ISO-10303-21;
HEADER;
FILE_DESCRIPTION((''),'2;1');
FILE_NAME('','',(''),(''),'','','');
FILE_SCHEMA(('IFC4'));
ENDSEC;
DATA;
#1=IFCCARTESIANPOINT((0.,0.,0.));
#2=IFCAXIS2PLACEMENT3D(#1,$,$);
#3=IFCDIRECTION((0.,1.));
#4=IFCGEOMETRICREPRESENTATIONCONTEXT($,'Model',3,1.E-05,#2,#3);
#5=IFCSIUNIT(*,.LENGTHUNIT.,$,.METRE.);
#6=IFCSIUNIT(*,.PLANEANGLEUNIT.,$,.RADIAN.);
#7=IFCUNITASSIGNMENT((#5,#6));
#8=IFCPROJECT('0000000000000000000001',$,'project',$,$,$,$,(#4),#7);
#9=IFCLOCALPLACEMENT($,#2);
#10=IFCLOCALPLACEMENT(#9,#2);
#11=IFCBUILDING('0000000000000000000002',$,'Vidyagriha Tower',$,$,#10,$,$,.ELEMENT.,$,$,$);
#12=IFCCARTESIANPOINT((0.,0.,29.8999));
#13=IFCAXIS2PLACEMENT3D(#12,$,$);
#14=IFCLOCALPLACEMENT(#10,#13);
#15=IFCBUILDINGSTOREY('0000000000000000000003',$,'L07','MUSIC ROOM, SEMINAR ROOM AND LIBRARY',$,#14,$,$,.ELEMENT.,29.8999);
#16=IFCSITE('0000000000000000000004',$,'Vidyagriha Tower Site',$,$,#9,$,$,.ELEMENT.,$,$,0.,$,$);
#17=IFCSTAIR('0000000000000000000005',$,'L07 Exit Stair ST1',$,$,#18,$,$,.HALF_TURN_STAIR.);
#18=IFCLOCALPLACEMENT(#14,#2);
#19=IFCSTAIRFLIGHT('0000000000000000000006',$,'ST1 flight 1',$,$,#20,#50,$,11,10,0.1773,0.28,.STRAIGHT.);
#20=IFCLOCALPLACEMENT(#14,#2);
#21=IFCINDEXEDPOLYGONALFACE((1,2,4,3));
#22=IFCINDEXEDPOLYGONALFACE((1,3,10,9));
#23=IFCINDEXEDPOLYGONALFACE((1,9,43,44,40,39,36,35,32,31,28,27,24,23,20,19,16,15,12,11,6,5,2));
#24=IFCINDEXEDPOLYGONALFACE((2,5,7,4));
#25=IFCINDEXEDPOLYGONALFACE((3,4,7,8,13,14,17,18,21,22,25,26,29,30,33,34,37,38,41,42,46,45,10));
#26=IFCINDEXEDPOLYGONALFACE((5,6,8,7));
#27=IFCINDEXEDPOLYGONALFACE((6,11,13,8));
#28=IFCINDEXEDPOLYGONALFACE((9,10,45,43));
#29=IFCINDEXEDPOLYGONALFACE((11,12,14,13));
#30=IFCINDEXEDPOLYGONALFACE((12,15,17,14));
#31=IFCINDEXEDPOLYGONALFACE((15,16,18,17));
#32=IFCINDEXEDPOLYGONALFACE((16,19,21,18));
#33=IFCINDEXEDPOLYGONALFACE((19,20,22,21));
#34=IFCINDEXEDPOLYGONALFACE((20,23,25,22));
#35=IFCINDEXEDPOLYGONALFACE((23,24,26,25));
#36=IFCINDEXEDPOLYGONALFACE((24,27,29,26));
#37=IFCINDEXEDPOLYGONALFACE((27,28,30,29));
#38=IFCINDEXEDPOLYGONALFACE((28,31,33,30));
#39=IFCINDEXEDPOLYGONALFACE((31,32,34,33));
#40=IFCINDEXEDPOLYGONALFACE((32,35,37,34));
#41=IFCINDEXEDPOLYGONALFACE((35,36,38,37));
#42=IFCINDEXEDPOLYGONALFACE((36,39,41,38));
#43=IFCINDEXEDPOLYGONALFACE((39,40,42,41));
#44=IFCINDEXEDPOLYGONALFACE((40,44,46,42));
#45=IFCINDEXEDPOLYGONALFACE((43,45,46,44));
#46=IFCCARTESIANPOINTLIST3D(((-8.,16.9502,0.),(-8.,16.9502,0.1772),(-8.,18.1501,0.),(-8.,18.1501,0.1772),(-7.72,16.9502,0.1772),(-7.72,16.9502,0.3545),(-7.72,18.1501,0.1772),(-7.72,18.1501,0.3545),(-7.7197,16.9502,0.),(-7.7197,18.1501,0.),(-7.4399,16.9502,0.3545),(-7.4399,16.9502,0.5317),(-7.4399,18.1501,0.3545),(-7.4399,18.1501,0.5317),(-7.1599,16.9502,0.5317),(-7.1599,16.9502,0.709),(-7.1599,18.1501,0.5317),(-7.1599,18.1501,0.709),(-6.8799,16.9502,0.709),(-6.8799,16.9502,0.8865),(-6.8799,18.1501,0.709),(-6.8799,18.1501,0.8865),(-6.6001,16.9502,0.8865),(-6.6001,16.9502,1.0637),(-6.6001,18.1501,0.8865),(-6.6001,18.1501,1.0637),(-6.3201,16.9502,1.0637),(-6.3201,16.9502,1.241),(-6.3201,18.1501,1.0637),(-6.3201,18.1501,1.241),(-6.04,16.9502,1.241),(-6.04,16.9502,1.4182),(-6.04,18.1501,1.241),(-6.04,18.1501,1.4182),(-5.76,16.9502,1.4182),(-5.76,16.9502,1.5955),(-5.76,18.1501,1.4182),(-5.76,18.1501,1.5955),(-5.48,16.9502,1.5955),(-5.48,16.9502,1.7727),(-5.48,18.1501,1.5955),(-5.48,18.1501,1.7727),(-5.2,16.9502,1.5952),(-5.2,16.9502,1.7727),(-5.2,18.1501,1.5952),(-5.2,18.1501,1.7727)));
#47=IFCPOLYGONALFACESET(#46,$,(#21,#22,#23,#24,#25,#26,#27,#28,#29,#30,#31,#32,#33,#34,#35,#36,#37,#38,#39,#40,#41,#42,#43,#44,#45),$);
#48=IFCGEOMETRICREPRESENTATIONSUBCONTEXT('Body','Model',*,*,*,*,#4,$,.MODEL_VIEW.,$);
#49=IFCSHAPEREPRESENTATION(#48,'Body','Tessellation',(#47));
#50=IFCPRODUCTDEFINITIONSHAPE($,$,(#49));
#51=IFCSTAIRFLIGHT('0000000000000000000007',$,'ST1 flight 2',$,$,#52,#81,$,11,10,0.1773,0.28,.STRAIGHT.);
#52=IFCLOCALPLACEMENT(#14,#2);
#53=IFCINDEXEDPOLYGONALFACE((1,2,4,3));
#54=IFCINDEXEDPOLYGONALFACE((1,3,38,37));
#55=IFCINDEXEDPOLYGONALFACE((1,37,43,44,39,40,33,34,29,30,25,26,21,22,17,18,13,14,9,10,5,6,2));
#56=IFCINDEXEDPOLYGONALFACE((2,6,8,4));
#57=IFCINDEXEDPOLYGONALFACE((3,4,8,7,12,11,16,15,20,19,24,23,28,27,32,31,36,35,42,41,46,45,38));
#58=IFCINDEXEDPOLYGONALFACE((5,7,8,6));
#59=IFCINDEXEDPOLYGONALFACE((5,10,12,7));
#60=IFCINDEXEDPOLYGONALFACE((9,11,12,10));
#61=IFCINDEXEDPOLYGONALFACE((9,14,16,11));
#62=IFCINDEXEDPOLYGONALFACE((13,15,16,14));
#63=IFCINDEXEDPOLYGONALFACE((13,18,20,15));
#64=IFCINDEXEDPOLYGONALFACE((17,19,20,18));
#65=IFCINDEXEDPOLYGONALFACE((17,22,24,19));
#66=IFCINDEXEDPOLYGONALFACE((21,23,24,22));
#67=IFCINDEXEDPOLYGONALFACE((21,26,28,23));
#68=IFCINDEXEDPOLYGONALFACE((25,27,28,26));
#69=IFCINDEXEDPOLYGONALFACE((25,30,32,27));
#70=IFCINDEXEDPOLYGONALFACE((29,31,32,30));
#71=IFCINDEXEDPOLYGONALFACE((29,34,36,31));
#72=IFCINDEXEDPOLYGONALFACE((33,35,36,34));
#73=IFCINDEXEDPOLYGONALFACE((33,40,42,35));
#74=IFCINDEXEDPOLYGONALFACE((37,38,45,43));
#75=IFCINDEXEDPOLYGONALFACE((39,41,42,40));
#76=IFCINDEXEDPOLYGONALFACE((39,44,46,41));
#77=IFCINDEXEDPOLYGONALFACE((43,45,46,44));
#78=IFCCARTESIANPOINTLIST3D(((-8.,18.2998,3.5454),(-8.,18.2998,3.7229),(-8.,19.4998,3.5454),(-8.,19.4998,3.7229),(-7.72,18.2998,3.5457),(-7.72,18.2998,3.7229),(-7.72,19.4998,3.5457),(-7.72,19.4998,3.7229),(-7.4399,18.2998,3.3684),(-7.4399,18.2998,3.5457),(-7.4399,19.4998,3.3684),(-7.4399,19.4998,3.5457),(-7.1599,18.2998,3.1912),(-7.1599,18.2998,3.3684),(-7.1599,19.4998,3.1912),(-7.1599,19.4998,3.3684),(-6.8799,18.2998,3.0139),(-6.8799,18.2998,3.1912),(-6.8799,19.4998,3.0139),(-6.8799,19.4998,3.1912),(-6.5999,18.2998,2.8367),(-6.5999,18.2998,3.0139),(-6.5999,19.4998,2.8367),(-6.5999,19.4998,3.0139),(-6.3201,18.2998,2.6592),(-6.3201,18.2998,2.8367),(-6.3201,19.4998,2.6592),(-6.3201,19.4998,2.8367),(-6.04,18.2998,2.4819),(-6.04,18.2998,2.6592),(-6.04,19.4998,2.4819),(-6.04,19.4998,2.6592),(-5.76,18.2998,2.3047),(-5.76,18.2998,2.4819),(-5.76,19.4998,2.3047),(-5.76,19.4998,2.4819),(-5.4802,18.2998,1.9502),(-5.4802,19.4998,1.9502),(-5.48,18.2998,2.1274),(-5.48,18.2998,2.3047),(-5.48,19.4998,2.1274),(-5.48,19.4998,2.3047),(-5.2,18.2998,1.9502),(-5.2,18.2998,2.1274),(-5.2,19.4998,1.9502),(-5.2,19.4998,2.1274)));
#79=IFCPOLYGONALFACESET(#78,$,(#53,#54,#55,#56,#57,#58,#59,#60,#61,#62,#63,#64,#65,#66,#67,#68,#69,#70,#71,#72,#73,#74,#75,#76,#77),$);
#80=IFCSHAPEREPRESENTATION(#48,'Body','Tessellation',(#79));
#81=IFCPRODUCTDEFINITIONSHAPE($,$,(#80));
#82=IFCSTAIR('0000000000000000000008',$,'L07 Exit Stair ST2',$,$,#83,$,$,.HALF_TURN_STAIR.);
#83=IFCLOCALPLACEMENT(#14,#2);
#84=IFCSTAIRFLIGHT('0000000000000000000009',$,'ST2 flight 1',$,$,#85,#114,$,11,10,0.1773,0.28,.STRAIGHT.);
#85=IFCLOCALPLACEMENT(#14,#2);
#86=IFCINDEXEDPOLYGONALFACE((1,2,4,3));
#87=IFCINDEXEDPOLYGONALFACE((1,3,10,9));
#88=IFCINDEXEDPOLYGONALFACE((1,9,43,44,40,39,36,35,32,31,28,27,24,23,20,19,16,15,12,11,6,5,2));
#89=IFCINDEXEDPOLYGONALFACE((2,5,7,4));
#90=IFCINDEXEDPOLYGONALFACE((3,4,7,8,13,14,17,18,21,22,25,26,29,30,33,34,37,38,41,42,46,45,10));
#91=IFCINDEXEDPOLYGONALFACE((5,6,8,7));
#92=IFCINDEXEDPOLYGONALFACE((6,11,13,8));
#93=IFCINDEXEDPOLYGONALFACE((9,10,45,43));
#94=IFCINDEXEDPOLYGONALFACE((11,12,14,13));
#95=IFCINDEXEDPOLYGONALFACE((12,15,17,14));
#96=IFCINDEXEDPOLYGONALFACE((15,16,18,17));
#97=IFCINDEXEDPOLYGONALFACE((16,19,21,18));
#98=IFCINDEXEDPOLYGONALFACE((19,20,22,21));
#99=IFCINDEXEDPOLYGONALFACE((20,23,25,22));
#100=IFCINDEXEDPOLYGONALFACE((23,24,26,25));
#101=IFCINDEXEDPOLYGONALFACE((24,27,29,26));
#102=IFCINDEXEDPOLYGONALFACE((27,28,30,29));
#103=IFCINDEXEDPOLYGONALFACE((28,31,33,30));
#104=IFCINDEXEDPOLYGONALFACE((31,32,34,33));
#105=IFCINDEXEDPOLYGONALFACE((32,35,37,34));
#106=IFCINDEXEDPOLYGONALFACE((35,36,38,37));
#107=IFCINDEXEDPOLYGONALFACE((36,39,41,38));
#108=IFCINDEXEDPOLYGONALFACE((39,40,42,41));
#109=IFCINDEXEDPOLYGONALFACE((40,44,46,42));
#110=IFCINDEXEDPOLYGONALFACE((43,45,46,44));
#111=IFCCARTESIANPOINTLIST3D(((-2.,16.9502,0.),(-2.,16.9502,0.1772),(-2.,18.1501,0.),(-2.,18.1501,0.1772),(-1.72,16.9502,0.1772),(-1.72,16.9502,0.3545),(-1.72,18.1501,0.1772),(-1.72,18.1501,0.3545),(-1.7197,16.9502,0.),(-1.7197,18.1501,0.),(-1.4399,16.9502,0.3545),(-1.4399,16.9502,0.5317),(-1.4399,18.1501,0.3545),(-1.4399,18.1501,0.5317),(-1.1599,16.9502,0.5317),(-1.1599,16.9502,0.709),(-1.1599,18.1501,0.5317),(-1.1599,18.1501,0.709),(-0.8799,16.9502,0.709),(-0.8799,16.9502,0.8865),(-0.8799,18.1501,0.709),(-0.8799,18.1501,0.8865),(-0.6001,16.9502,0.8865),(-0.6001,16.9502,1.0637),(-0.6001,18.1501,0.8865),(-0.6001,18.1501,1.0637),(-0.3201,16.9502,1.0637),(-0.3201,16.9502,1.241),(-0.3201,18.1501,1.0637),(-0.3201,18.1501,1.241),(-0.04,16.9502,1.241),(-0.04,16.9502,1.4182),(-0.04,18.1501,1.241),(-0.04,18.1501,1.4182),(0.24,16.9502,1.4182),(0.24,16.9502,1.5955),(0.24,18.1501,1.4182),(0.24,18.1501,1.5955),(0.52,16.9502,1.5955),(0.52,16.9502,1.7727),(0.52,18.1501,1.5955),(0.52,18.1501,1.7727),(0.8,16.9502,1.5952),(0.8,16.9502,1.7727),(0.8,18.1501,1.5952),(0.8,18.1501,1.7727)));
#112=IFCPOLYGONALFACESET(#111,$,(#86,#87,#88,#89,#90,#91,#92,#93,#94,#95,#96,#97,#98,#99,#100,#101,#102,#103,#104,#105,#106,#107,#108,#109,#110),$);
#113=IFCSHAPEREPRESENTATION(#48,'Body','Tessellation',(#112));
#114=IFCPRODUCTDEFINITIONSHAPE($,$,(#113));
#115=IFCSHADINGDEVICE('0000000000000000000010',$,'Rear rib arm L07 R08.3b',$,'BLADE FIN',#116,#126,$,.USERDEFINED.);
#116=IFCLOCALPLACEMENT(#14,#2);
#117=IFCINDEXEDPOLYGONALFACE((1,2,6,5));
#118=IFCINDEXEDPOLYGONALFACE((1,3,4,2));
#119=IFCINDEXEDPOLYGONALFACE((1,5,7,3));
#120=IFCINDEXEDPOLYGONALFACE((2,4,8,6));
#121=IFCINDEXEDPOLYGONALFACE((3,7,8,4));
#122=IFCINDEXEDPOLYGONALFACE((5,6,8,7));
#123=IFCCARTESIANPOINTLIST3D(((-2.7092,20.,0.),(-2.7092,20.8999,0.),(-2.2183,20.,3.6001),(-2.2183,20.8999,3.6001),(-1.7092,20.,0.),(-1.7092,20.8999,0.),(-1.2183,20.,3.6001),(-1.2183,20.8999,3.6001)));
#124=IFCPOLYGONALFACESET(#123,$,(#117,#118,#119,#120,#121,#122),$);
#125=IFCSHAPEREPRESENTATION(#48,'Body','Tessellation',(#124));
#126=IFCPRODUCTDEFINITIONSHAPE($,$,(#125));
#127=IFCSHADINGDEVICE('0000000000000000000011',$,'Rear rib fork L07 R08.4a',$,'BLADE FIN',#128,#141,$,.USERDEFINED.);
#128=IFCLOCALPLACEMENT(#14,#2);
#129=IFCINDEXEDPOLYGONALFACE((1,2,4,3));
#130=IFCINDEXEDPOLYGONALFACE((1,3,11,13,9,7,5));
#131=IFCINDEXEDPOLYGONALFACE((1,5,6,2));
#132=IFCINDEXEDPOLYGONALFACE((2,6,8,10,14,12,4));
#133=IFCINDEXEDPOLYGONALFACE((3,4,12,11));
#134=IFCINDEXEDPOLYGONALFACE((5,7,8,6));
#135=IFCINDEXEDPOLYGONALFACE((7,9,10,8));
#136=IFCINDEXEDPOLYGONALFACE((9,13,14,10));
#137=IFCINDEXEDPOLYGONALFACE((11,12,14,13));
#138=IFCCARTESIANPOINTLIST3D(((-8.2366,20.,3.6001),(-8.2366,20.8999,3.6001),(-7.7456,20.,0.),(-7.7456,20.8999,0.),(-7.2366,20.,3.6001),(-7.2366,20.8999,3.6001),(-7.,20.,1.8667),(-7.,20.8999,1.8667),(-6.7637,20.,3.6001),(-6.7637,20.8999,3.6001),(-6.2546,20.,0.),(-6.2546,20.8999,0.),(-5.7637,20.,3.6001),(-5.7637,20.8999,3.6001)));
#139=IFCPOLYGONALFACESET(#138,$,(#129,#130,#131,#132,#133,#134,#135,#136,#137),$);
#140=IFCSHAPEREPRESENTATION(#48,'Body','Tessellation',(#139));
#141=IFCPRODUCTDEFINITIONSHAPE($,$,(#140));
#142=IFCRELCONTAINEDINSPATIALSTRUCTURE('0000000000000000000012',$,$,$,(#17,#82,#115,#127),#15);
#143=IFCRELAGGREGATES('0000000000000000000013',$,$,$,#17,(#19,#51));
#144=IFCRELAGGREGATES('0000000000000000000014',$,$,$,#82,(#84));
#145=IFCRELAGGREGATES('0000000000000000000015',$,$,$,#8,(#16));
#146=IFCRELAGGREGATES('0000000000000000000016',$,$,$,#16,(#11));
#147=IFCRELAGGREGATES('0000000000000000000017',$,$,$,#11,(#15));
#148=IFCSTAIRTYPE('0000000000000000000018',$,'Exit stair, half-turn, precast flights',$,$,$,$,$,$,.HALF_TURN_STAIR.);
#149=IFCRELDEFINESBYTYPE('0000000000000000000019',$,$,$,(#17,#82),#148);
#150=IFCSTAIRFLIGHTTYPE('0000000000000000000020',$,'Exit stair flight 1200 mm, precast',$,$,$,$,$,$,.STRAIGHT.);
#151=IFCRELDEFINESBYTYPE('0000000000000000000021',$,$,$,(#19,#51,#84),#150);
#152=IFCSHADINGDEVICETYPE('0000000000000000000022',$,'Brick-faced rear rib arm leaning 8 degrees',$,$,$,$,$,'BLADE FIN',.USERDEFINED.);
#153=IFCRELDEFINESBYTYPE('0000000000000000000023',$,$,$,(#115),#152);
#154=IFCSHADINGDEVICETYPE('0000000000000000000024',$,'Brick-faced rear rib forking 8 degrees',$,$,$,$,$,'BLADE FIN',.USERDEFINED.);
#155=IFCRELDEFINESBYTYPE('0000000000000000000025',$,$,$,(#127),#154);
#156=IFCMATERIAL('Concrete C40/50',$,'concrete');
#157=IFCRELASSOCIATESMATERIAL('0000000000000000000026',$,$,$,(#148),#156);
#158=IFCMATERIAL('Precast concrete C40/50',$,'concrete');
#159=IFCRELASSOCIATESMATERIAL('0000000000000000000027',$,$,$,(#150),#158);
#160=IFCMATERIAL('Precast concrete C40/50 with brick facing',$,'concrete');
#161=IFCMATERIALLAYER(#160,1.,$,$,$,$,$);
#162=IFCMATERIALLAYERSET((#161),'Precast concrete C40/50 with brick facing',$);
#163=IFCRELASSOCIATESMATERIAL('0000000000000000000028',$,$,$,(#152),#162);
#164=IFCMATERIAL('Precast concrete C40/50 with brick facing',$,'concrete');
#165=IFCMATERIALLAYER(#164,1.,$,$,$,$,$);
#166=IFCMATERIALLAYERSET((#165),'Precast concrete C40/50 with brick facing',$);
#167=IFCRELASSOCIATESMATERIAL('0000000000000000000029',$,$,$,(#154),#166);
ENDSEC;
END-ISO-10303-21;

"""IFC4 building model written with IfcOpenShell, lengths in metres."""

from ifc_helpers import new_model, si_unit, direction, frame, origin, place, context, subcontext, project, spatial, polyline, outline, extrude, material, layer, layer_set, type_object, element, aggregate, save


model = new_model("IFC4")

# Units and contexts
model_context = context("Model", 3, precision=1e-05, world=origin(), true_north=direction((0.0, 1.0)))
body_context = subcontext(model_context, "Body", "Model", "MODEL_VIEW")
ifc_project = project(units=[si_unit("LENGTHUNIT", "METRE"), si_unit("PLANEANGLEUNIT", "RADIAN")], contexts=[model_context])

# Site, building, storey
site_placement = place(None, origin())
site = spatial("IfcSite", under=ifc_project, at=site_placement, Name="Vidyagriha Tower Site", CompositionType="ELEMENT", RefElevation=0.0)
building_placement = place(site_placement, origin())
building = spatial("IfcBuilding", under=site, at=building_placement, Name="Vidyagriha Tower", CompositionType="ELEMENT")
storey_placement = place(building_placement, frame((0.0, 0.0, 29.8999)))
storey = spatial("IfcBuildingStorey", under=building, at=storey_placement, Name="L07", Description="MUSIC ROOM, SEMINAR ROOM AND LIBRARY", CompositionType="ELEMENT", Elevation=29.8999)

# Stair, stair flights
ifc_material_1 = material(Name="Concrete C40/50", Category="concrete")
stair_type = type_object("IfcStairType", Name="Exit stair, half-turn, precast flights", PredefinedType="HALF_TURN_STAIR", material=ifc_material_1)
stair_1_placement = place(storey_placement, origin())
stair_1 = element("IfcStair", 1, at=stair_1_placement, inside=storey, type_object=stair_type, Name="L07 Exit Stair ST1", PredefinedType="HALF_TURN_STAIR")
ifc_material_2 = material(Name="Precast concrete C40/50", Category="concrete")
stair_flight_type = type_object("IfcStairFlightType", Name="Exit stair flight 1200 mm, precast", PredefinedType="STRAIGHT", material=ifc_material_2)
stair_flight_1_placement = place(storey_placement, frame((-8.0, 17.55, 0.0)))
stair_flight_1 = element("IfcStairFlight", 2, at=stair_flight_1_placement, type_object=stair_flight_type, Name="ST1 flight 1", NumberOfRisers=11, NumberOfTreads=10, PredefinedType="STRAIGHT", RiserHeight=0.1773, TreadLength=0.28, context=body_context, shape_type="SweptSolid", body=[
    extrude(outline(polyline([(0.0, 0.0), (0.0, 0.1772), (0.28, 0.1772), (0.28, 0.3545), (0.5601, 0.3545), (0.5601, 0.5317), (0.8401, 0.5317), (0.8401, 0.709), (1.1201, 0.709), (1.1201, 0.8865), (1.3999, 0.8865), (1.3999, 1.0637), (1.6799, 1.0637), (1.6799, 1.241), (1.96, 1.241), (1.96, 1.4182), (2.24, 1.4182), (2.24, 1.5955), (2.52, 1.5955), (2.52, 1.7727), (2.8, 1.7727), (2.8, 1.95), (2.8, 1.5952), (0.2803, 0.0), (0.0, 0.0)])), frame((0.0, 0.6001, 0.0), z_axis=(0.0, -1.0, 0.0), x_axis=(1.0, 0.0, 0.0)), (0.0, 0.0, 1.0), 1.2),
])
stair_flight_2_placement = place(storey_placement, frame((-5.2, 18.8999, 1.9502), z_axis=(0.0, 0.0, 1.0), x_axis=(-1.0, 0.0, 0.0)))
stair_flight_2 = element("IfcStairFlight", 3, at=stair_flight_2_placement, type_object=stair_flight_type, Name="ST1 flight 2", NumberOfRisers=11, NumberOfTreads=10, PredefinedType="STRAIGHT", RiserHeight=0.1773, TreadLength=0.28, context=body_context, shape_type="SweptSolid", body=[
    extrude(outline(polyline([(0.0, 0.0), (0.0, 0.1772), (0.28, 0.1772), (0.28, 0.3545), (0.5601, 0.3545), (0.5601, 0.5317), (0.8401, 0.5317), (0.8401, 0.709), (1.1201, 0.709), (1.1201, 0.8865), (1.3999, 0.8865), (1.3999, 1.0637), (1.6799, 1.0637), (1.6799, 1.241), (1.96, 1.241), (1.96, 1.4182), (2.24, 1.4182), (2.24, 1.5955), (2.52, 1.5955), (2.52, 1.7727), (2.8, 1.7727), (2.8, 1.95), (2.8, 1.5952), (0.2803, 0.0), (0.0, 0.0)])), frame((0.0, 0.6001, 0.0), z_axis=(0.0, -1.0, 0.0), x_axis=(1.0, 0.0, 0.0)), (0.0, 0.0, 1.0), 1.2),
])
aggregate(stair_1, [stair_flight_1, stair_flight_2])

# Stair, stair flight
stair_2_placement = place(storey_placement, origin())
stair_2 = element("IfcStair", 4, at=stair_2_placement, inside=storey, type_object=stair_type, Name="L07 Exit Stair ST2", PredefinedType="HALF_TURN_STAIR")
stair_flight_3_placement = place(storey_placement, frame((-2.0, 17.55, 0.0)))
stair_flight_3 = element("IfcStairFlight", 5, at=stair_flight_3_placement, type_object=stair_flight_type, Name="ST2 flight 1", NumberOfRisers=11, NumberOfTreads=10, PredefinedType="STRAIGHT", RiserHeight=0.1773, TreadLength=0.28, context=body_context, shape_type="SweptSolid", body=[
    extrude(outline(polyline([(0.0, 0.0), (0.0, 0.1772), (0.28, 0.1772), (0.28, 0.3545), (0.5601, 0.3545), (0.5601, 0.5317), (0.8401, 0.5317), (0.8401, 0.709), (1.1201, 0.709), (1.1201, 0.8865), (1.3999, 0.8865), (1.3999, 1.0637), (1.6799, 1.0637), (1.6799, 1.241), (1.96, 1.241), (1.96, 1.4182), (2.24, 1.4182), (2.24, 1.5955), (2.52, 1.5955), (2.52, 1.7727), (2.8, 1.7727), (2.8, 1.95), (2.8, 1.5952), (0.2803, 0.0), (0.0, 0.0)])), frame((0.0, 0.6001, 0.0), z_axis=(0.0, -1.0, 0.0), x_axis=(1.0, 0.0, 0.0)), (0.0, 0.0, 1.0), 1.2),
])
aggregate(stair_2, [stair_flight_3])

# Shading devices
ifc_material_3 = material(Name="Precast concrete C40/50 with brick facing", Category="concrete")
ifc_layer_1 = layer(ifc_material_3, 1.0)
ifc_layer_set_1 = layer_set([ifc_layer_1], Name="Precast concrete C40/50 with brick facing")
shading_device_type_1 = type_object("IfcShadingDeviceType", Name="Brick-faced rear rib arm leaning 8 degrees", ElementType="BLADE FIN", PredefinedType="USERDEFINED", material=ifc_layer_set_1)
shading_device_1_placement = place(storey_placement, frame((-1.2183, 20.45, 0.0), z_axis=(0.0, 0.0, 1.0), x_axis=(-1.0, 0.0, 0.0)))
element("IfcShadingDevice", 6, at=shading_device_1_placement, inside=storey, type_object=shading_device_type_1, Name="Rear rib arm L07 R08.3b", ObjectType="BLADE FIN", PredefinedType="USERDEFINED", context=body_context, shape_type="SweptSolid", body=[
    extrude(outline(polyline([(0.491, 0.0), (1.491, 0.0), (1.0, 3.6001), (0.0, 3.6001), (0.491, 0.0)])), frame((0.0, 0.45, 0.0), z_axis=(0.0, -1.0, 0.0), x_axis=(1.0, 0.0, 0.0)), (0.0, 0.0, 1.0), 0.8999),
])
ifc_material_4 = material(Name="Precast concrete C40/50 with brick facing", Category="concrete")
ifc_layer_2 = layer(ifc_material_4, 1.0)
ifc_layer_set_2 = layer_set([ifc_layer_2], Name="Precast concrete C40/50 with brick facing")
shading_device_type_2 = type_object("IfcShadingDeviceType", Name="Brick-faced rear rib forking 8 degrees", ElementType="BLADE FIN", PredefinedType="USERDEFINED", material=ifc_layer_set_2)
shading_device_2_placement = place(storey_placement, frame((-5.7637, 20.45, 0.0), z_axis=(0.0, 0.0, 1.0), x_axis=(-1.0, 0.0, 0.0)))
element("IfcShadingDevice", 7, at=shading_device_2_placement, inside=storey, type_object=shading_device_type_2, Name="Rear rib fork L07 R08.4a", ObjectType="BLADE FIN", PredefinedType="USERDEFINED", context=body_context, shape_type="SweptSolid", body=[
    extrude(outline(polyline([(0.491, 0.0), (1.9819, 0.0), (2.4729, 3.6001), (1.4729, 3.6001), (1.2363, 1.8667), (1.0, 3.6001), (0.0, 3.6001), (0.491, 0.0)])), frame((0.0, 0.45, 0.0), z_axis=(0.0, -1.0, 0.0), x_axis=(1.0, 0.0, 0.0)), (0.0, 0.0, 1.0), 0.8999),
])

save(model, "model.ifc")
